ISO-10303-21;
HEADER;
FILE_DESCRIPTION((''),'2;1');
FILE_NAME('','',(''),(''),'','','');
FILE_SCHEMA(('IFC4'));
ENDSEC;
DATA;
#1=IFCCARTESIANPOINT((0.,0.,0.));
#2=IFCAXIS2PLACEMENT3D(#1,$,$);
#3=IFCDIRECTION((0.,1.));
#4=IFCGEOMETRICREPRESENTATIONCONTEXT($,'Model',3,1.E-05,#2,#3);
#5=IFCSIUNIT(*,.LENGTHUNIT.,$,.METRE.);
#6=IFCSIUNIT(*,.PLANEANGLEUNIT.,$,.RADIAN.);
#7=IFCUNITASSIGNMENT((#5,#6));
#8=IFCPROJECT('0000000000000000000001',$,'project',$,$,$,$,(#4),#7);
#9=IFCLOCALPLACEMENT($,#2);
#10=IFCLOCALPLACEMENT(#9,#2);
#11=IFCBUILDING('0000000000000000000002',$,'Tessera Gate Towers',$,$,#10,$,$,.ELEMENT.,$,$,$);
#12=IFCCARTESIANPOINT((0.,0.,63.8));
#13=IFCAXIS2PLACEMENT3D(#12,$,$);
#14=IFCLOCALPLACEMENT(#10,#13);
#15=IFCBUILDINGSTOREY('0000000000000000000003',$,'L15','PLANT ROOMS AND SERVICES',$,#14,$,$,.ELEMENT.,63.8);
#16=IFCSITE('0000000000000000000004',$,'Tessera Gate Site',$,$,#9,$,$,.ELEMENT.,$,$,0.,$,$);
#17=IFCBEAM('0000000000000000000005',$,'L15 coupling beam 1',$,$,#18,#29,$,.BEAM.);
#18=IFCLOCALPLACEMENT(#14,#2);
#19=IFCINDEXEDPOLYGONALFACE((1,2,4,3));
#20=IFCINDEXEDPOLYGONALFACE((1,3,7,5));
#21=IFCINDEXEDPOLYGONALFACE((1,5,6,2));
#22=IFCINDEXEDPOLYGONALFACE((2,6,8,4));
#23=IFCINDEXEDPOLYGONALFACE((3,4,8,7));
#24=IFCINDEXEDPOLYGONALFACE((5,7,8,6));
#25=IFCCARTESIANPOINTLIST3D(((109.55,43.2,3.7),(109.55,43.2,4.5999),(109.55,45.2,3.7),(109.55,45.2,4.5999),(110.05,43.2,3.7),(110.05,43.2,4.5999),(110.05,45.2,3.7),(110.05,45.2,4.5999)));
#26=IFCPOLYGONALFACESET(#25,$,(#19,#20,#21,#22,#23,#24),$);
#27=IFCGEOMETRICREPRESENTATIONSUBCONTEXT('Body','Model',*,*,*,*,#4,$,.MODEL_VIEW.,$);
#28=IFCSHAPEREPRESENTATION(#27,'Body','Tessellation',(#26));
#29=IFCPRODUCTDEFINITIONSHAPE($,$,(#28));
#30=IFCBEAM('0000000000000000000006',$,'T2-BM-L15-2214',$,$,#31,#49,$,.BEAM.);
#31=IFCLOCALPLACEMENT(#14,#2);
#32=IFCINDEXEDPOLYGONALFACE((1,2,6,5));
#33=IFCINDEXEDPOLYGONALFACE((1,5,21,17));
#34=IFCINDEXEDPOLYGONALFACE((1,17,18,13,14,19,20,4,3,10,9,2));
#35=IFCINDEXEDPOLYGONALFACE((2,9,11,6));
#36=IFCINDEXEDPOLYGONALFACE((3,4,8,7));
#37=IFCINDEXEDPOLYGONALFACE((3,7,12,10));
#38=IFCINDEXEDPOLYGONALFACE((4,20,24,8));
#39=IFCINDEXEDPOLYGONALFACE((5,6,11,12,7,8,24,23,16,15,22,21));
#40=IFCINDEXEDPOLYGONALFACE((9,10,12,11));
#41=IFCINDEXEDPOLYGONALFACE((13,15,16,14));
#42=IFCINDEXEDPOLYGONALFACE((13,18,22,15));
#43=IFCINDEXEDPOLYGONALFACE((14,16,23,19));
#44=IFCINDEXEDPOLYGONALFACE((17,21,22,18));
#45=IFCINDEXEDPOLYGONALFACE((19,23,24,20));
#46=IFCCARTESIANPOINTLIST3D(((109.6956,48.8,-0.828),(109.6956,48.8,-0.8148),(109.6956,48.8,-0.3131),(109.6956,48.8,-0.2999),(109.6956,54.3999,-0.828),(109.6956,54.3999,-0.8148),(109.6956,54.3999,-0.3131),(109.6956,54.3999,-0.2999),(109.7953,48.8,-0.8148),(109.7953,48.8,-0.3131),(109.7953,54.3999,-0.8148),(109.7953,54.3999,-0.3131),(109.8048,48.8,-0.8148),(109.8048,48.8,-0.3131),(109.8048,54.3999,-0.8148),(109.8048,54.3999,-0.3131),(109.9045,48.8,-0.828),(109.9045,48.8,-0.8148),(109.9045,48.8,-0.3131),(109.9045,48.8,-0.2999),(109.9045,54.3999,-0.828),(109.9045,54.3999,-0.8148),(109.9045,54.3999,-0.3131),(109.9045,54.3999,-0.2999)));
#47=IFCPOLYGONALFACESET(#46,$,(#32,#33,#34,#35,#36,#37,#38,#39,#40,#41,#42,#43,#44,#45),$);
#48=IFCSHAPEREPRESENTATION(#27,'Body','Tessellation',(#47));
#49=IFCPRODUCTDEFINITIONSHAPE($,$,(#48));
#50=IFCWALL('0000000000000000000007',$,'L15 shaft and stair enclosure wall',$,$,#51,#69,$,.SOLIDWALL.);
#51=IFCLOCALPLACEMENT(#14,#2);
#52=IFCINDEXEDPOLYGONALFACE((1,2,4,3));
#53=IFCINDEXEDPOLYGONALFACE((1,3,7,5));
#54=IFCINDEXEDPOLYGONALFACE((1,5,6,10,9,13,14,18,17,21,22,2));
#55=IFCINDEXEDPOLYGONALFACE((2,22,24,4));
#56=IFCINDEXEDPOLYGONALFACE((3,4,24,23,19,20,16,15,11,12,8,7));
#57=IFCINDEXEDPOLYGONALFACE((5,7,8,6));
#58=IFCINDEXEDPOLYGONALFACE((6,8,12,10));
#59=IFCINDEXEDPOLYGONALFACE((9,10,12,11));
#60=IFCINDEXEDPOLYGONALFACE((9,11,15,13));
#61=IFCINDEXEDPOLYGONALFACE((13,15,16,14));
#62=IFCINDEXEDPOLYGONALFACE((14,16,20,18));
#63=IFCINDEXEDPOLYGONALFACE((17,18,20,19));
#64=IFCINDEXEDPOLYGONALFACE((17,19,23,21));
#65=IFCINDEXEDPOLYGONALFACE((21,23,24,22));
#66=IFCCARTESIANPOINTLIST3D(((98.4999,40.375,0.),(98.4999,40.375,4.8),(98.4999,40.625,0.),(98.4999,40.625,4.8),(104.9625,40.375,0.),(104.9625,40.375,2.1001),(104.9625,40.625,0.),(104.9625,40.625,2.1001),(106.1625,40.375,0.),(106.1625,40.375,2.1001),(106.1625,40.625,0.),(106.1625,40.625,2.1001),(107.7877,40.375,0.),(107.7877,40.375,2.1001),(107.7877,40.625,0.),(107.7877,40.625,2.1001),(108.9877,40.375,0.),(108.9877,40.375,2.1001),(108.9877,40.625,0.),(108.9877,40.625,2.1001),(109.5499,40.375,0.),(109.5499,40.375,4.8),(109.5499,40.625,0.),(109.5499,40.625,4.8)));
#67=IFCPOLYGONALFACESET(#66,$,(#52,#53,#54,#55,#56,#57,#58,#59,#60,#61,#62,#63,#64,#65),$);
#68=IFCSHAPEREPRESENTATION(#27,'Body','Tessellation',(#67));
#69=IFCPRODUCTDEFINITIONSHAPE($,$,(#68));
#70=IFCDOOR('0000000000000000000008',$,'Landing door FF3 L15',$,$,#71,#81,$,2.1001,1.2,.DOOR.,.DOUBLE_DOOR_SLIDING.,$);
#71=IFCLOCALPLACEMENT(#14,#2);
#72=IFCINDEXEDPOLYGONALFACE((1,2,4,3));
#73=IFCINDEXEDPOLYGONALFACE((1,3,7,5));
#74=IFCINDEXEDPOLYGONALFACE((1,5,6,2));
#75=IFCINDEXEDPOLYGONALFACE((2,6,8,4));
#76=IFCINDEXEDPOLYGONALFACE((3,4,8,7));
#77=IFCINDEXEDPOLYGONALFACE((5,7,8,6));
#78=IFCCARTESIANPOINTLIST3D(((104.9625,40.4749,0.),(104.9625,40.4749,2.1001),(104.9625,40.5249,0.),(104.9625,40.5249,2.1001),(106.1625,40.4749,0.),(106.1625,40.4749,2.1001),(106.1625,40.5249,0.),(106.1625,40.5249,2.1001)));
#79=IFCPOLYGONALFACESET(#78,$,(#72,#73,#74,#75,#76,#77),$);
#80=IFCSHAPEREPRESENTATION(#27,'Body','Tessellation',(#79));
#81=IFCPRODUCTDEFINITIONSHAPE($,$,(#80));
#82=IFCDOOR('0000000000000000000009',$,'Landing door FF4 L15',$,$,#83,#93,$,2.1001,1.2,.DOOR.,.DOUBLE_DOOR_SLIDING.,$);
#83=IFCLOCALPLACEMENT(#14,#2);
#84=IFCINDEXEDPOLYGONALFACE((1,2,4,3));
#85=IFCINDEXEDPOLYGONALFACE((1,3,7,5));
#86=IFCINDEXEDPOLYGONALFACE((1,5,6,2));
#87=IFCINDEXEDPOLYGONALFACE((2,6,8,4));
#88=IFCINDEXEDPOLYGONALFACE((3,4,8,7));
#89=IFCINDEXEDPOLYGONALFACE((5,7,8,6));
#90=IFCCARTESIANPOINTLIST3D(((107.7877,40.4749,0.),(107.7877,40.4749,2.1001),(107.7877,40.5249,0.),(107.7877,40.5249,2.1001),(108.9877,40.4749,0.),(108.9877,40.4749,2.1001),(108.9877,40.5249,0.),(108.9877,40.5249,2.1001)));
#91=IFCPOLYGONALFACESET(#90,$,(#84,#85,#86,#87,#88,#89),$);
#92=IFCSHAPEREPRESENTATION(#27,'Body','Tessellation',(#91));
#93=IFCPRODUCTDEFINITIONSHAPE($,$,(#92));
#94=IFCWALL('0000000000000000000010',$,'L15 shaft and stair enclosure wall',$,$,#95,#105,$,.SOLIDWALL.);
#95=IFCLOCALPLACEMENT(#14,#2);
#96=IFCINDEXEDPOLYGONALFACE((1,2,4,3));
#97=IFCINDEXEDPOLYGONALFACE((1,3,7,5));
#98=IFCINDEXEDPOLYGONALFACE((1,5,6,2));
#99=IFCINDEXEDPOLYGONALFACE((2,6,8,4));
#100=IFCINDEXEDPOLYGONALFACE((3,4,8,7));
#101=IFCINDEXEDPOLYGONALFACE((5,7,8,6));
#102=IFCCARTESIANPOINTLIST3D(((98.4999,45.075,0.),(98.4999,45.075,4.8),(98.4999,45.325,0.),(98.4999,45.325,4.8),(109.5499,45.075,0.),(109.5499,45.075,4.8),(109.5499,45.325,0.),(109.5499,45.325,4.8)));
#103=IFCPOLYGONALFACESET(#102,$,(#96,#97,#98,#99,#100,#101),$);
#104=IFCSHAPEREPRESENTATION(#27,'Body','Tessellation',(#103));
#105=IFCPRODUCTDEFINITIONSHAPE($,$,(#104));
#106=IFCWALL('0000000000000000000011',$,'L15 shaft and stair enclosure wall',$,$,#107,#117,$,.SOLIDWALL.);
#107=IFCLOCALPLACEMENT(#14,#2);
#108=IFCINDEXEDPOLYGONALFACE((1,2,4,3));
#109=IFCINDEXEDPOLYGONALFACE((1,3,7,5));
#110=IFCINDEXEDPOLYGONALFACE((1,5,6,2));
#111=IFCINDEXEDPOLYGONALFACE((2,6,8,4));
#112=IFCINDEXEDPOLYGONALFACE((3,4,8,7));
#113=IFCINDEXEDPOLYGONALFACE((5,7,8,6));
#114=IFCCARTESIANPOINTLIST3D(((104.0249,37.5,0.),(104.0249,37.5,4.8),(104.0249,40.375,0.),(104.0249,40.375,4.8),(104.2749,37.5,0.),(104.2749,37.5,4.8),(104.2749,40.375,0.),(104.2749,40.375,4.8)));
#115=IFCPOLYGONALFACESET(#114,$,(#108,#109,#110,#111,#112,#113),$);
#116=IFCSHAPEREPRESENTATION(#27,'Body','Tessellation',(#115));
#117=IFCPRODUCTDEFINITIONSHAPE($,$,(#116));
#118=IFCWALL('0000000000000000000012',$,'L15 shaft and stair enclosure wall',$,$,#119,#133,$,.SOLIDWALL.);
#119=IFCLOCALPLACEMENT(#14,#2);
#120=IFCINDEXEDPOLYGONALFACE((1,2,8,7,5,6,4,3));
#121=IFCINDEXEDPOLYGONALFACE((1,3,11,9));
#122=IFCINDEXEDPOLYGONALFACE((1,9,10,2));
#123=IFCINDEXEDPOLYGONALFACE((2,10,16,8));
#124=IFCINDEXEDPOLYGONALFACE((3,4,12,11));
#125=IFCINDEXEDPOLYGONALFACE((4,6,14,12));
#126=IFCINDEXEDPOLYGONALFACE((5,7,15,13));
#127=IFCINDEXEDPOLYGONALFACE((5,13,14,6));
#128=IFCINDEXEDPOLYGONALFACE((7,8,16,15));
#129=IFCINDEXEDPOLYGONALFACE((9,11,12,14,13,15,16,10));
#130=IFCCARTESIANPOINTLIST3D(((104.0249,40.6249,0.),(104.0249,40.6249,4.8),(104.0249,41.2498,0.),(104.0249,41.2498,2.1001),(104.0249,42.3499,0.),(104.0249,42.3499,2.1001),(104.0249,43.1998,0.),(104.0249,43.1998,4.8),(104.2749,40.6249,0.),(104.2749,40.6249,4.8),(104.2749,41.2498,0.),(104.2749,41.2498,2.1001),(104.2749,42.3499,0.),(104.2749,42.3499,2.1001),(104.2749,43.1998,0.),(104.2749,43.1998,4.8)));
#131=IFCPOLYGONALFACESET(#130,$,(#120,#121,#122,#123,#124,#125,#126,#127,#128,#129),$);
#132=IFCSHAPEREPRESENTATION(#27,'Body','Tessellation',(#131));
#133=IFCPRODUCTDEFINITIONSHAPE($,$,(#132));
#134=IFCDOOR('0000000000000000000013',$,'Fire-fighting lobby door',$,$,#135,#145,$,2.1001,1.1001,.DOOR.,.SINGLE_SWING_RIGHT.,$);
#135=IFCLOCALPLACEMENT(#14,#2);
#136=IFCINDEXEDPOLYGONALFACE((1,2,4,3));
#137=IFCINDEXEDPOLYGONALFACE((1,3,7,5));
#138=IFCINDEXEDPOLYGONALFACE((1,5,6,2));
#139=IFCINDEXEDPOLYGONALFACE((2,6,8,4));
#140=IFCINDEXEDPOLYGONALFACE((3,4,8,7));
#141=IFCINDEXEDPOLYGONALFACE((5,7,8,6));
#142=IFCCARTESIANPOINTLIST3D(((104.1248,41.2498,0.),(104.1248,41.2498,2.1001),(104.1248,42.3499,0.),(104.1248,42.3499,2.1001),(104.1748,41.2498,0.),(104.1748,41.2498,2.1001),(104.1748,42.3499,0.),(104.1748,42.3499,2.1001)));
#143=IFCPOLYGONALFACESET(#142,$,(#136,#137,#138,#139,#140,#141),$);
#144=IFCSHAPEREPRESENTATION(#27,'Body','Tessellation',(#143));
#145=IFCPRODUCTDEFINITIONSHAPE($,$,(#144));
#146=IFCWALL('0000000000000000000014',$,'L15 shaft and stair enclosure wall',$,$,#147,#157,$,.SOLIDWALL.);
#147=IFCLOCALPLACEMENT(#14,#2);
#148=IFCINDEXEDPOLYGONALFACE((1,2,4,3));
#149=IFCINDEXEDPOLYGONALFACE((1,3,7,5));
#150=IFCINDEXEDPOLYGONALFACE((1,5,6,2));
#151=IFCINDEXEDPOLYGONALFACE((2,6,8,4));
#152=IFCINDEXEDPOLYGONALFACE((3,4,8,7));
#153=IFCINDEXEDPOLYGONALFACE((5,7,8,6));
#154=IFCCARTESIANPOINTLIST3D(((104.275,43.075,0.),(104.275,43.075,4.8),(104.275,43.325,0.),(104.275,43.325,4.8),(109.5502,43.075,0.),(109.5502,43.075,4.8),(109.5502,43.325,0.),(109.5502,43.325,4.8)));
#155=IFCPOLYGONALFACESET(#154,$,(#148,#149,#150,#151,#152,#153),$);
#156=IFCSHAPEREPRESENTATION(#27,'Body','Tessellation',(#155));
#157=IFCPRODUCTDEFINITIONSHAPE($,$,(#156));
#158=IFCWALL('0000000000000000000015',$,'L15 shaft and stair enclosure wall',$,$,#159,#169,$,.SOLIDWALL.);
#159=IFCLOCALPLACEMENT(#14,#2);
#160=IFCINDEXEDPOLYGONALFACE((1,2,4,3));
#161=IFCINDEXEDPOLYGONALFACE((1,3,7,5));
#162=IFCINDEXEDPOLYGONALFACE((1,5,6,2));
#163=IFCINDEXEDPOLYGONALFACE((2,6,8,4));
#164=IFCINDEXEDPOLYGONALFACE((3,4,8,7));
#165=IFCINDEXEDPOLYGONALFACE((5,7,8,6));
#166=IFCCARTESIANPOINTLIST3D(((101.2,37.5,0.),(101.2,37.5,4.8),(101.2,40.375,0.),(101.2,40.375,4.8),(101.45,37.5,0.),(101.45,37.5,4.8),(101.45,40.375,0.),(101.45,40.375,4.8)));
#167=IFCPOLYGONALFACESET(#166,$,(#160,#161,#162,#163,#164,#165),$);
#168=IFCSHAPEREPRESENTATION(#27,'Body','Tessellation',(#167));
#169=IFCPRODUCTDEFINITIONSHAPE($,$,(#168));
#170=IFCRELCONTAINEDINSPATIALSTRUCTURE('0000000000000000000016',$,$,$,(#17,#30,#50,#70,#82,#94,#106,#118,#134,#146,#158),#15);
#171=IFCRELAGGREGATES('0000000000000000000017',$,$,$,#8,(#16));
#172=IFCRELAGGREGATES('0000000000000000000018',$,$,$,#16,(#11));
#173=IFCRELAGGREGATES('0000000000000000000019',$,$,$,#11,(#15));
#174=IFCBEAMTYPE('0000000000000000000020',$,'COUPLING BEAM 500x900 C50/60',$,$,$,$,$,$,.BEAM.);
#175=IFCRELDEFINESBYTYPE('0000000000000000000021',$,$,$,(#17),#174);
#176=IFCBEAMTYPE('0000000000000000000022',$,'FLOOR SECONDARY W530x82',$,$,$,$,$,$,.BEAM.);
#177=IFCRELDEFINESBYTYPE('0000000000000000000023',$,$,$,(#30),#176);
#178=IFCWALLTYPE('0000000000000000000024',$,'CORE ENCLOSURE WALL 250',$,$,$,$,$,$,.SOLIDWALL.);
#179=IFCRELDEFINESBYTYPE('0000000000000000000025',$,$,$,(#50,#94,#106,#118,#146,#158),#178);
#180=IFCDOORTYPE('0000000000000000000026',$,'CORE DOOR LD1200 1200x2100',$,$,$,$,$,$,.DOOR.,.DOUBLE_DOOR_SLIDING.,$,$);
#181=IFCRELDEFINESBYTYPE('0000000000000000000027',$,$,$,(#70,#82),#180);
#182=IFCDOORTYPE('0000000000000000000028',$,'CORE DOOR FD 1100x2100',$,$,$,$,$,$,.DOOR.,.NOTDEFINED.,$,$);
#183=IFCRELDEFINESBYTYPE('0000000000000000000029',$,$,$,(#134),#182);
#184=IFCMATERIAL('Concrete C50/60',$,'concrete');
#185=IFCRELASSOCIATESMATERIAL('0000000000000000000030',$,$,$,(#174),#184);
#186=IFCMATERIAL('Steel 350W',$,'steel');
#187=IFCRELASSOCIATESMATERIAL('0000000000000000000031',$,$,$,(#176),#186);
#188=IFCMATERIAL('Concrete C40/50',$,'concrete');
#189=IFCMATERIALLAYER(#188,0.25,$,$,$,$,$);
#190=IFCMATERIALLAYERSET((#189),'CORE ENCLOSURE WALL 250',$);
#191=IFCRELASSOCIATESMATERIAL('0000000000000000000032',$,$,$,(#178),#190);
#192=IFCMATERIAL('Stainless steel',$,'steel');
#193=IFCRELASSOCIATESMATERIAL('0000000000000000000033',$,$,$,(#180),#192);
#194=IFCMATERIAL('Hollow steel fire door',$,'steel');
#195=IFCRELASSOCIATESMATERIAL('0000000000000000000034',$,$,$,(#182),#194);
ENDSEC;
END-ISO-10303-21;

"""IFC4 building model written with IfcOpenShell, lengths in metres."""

from ifc_helpers import new_model, si_unit, direction, frame, frame_2d, origin, origin_2d, place, context, subcontext, project, spatial, rectangle, i_section, extrude, source, transform, mapped, material, layer, layer_set, material_profile, profile_set, type_object, element, fill, save


model = new_model("IFC4")

# Units and contexts
model_context = context("Model", 3, precision=1e-05, world=origin(), true_north=direction((0.0, 1.0)))
body_context = subcontext(model_context, "Body", "Model", "MODEL_VIEW")
ifc_project = project(units=[si_unit("LENGTHUNIT", "METRE"), si_unit("PLANEANGLEUNIT", "RADIAN")], contexts=[model_context])

# Site, building, storey
site_placement = place(None, origin())
site = spatial("IfcSite", under=ifc_project, at=site_placement, Name="Tessera Gate Site", CompositionType="ELEMENT", RefElevation=0.0)
building_placement = place(site_placement, origin())
building = spatial("IfcBuilding", under=site, at=building_placement, Name="Tessera Gate Towers", CompositionType="ELEMENT")
storey_placement = place(building_placement, frame((0.0, 0.0, 63.8)))
storey = spatial("IfcBuildingStorey", under=building, at=storey_placement, Name="L15", Description="PLANT ROOMS AND SERVICES", CompositionType="ELEMENT", Elevation=63.8)

# Beams
ifc_material_1 = material(Name="Concrete C50/60", Category="concrete")
ifc_material_profile_1 = material_profile(ifc_material_1, rectangle(XDim=0.5, YDim=0.8999, at=origin_2d()), Name="RC 500x900")
ifc_profile_set_1 = profile_set([ifc_material_profile_1], Name="Concrete C50/60")
beam_type_1 = type_object("IfcBeamType", Name="COUPLING BEAM 500x900 C50/60", PredefinedType="BEAM", material=ifc_profile_set_1)
beam_1_placement = place(storey_placement, frame((109.8, 43.2, 4.1499), z_axis=(0.0, 1.0, 0.0), x_axis=(-1.0, 0.0, 0.0)))
element("IfcBeam", 1, at=beam_1_placement, inside=storey, type_object=beam_type_1, Name="L15 coupling beam 1", PredefinedType="BEAM", context=body_context, shape_type="SweptSolid", body=[
    extrude(rectangle(XDim=0.5, YDim=0.8999, at=origin_2d()), origin(), (0.0, 0.0, 1.0), 2.0),
])
ifc_material_2 = material(Name="Steel 350W", Category="steel")
ifc_material_profile_2 = material_profile(ifc_material_2, i_section(OverallWidth=0.209, OverallDepth=0.5281, WebThickness=0.0095, FlangeThickness=0.0132, at=origin_2d()), Name="W530x82")
ifc_profile_set_2 = profile_set([ifc_material_profile_2], Name="Steel 350W")
beam_type_2 = type_object("IfcBeamType", Name="FLOOR SECONDARY W530x82", PredefinedType="BEAM", material=ifc_profile_set_2)
beam_2_placement = place(storey_placement, frame((109.8, 48.8, -0.564), z_axis=(0.0, 1.0, 0.0), x_axis=(-1.0, 0.0, 0.0)))
element("IfcBeam", 2, at=beam_2_placement, inside=storey, type_object=beam_type_2, Name="T2-BM-L15-2214", PredefinedType="BEAM", context=body_context, shape_type="SweptSolid", body=[
    extrude(i_section(OverallWidth=0.209, OverallDepth=0.5281, WebThickness=0.0095, FlangeThickness=0.0132, at=origin_2d()), origin(), (0.0, 0.0, 1.0), 5.5999),
])

# Wall, openings, doors
ifc_material_3 = material(Name="Concrete C40/50", Category="concrete")
ifc_layer_1 = layer(ifc_material_3, 0.25)
ifc_layer_set_1 = layer_set([ifc_layer_1], Name="CORE ENCLOSURE WALL 250")
wall_type_1 = type_object("IfcWallType", Name="CORE ENCLOSURE WALL 250", PredefinedType="SOLIDWALL", material=ifc_layer_set_1)
wall_1_placement = place(storey_placement, frame((98.5, 40.5, 0.0), z_axis=(0.0, 0.0, 1.0), x_axis=(1.0, 0.0, 0.0)))
wall_1 = element("IfcWall", 3, at=wall_1_placement, inside=storey, type_object=wall_type_1, Name="L15 shaft and stair enclosure wall", PredefinedType="SOLIDWALL", context=body_context, shape_type="SweptSolid", body=[
    extrude(rectangle(XDim=11.05, YDim=0.25, at=frame_2d((5.5249, 0.0))), origin(), (0.0, 0.0, 1.0), 4.8),
])
shared_shape_1 = source(origin(), body_context, "Body", "SweptSolid", [
    extrude(rectangle(XDim=1.2, YDim=2.1001, at=frame_2d((0.6001, 1.05))), frame((0.0, 0.135, 0.0), z_axis=(0.0, -1.0, 0.0), x_axis=(1.0, 0.0, 0.0)), (0.0, 0.0, 1.0), 0.27),
])
opening_1_placement = place(wall_1_placement, frame((6.4624, 0.0, 0.0)))
opening_1 = element("IfcOpeningElement", 4, at=opening_1_placement, cuts=wall_1, PredefinedType="OPENING", context=body_context, shape_type="MappedRepresentation", body=[
    mapped(shared_shape_1, transform((0.0, 0.0, 0.0), scale=1.0)),
])
opening_2_placement = place(wall_1_placement, frame((9.2876, 0.0, 0.0)))
opening_2 = element("IfcOpeningElement", 5, at=opening_2_placement, cuts=wall_1, PredefinedType="OPENING", context=body_context, shape_type="MappedRepresentation", body=[
    mapped(shared_shape_1, transform((0.0, 0.0, 0.0), scale=1.0)),
])
ifc_material_4 = material(Name="Stainless steel", Category="steel")
door_type_1 = type_object("IfcDoorType", Name="CORE DOOR LD1200 1200x2100", OperationType="DOUBLE_DOOR_SLIDING", PredefinedType="DOOR", material=ifc_material_4)
shared_shape_2 = source(origin(), body_context, "Body", "SweptSolid", [
    extrude(rectangle(XDim=1.2, YDim=2.1001, at=frame_2d((0.6001, 1.05))), frame((0.0, 0.0249, 0.0), z_axis=(0.0, -1.0, 0.0), x_axis=(1.0, 0.0, 0.0)), (0.0, 0.0, 1.0), 0.05),
])
door_1_placement = place(opening_1_placement, origin())
door_1 = element("IfcDoor", 6, at=door_1_placement, inside=storey, type_object=door_type_1, Name="Landing door FF3 L15", OperationType="DOUBLE_DOOR_SLIDING", OverallHeight=2.1001, OverallWidth=1.2, PredefinedType="DOOR", context=body_context, shape_type="MappedRepresentation", body=[
    mapped(shared_shape_2, transform((0.0, 0.0, 0.0), scale=1.0)),
])
fill(opening_1, door_1)
door_2_placement = place(opening_2_placement, origin())
door_2 = element("IfcDoor", 7, at=door_2_placement, inside=storey, type_object=door_type_1, Name="Landing door FF4 L15", OperationType="DOUBLE_DOOR_SLIDING", OverallHeight=2.1001, OverallWidth=1.2, PredefinedType="DOOR", context=body_context, shape_type="MappedRepresentation", body=[
    mapped(shared_shape_2, transform((0.0, 0.0, 0.0), scale=1.0)),
])
fill(opening_2, door_2)

# Walls
wall_2_placement = place(storey_placement, frame((98.5, 45.2, 0.0), z_axis=(0.0, 0.0, 1.0), x_axis=(1.0, 0.0, 0.0)))
element("IfcWall", 8, at=wall_2_placement, inside=storey, type_object=wall_type_1, Name="L15 shaft and stair enclosure wall", PredefinedType="SOLIDWALL", context=body_context, shape_type="SweptSolid", body=[
    extrude(rectangle(XDim=11.05, YDim=0.25, at=frame_2d((5.5249, 0.0))), origin(), (0.0, 0.0, 1.0), 4.8),
])
wall_3_placement = place(storey_placement, frame((104.1499, 37.5, 0.0), z_axis=(0.0, 0.0, 1.0), x_axis=(0.0, 1.0, 0.0)))
element("IfcWall", 9, at=wall_3_placement, inside=storey, type_object=wall_type_1, Name="L15 shaft and stair enclosure wall", PredefinedType="SOLIDWALL", context=body_context, shape_type="SweptSolid", body=[
    extrude(rectangle(XDim=2.875, YDim=0.25, at=frame_2d((1.4375, 0.0))), origin(), (0.0, 0.0, 1.0), 4.8),
])

# Wall, opening, door
wall_4_placement = place(storey_placement, frame((104.1499, 43.2, 0.0), z_axis=(0.0, 0.0, 1.0), x_axis=(0.0, -1.0, 0.0)))
wall_4 = element("IfcWall", 10, at=wall_4_placement, inside=storey, type_object=wall_type_1, Name="L15 shaft and stair enclosure wall", PredefinedType="SOLIDWALL", context=body_context, shape_type="SweptSolid", body=[
    extrude(rectangle(XDim=2.575, YDim=0.25, at=frame_2d((1.2876, 0.0))), origin(), (0.0, 0.0, 1.0), 4.8),
])
shared_shape_3 = source(origin(), body_context, "Body", "SweptSolid", [
    extrude(rectangle(XDim=1.1001, YDim=2.1001, at=frame_2d((0.55, 1.05))), frame((0.0, 0.135, 0.0), z_axis=(0.0, -1.0, 0.0), x_axis=(1.0, 0.0, 0.0)), (0.0, 0.0, 1.0), 0.27),
])
opening_3_placement = place(wall_4_placement, frame((0.8501, 0.0, 0.0)))
opening_3 = element("IfcOpeningElement", 11, at=opening_3_placement, cuts=wall_4, PredefinedType="OPENING", context=body_context, shape_type="MappedRepresentation", body=[
    mapped(shared_shape_3, transform((0.0, 0.0, 0.0), scale=1.0)),
])
ifc_material_5 = material(Name="Hollow steel fire door", Category="steel")
door_type_2 = type_object("IfcDoorType", Name="CORE DOOR FD 1100x2100", OperationType="NOTDEFINED", PredefinedType="DOOR", material=ifc_material_5)
shared_shape_4 = source(origin(), body_context, "Body", "SweptSolid", [
    extrude(rectangle(XDim=1.1001, YDim=2.1001, at=frame_2d((0.55, 1.05))), frame((0.0, 0.0249, 0.0), z_axis=(0.0, -1.0, 0.0), x_axis=(1.0, 0.0, 0.0)), (0.0, 0.0, 1.0), 0.05),
])
door_3_placement = place(opening_3_placement, origin())
door_3 = element("IfcDoor", 12, at=door_3_placement, inside=storey, type_object=door_type_2, Name="Fire-fighting lobby door", OperationType="SINGLE_SWING_RIGHT", OverallHeight=2.1001, OverallWidth=1.1001, PredefinedType="DOOR", context=body_context, shape_type="MappedRepresentation", body=[
    mapped(shared_shape_4, transform((0.0, 0.0, 0.0), scale=1.0)),
])
fill(opening_3, door_3)

# Walls
wall_5_placement = place(storey_placement, frame((104.2749, 43.2, 0.0), z_axis=(0.0, 0.0, 1.0), x_axis=(1.0, 0.0, 0.0)))
element("IfcWall", 13, at=wall_5_placement, inside=storey, type_object=wall_type_1, Name="L15 shaft and stair enclosure wall", PredefinedType="SOLIDWALL", context=body_context, shape_type="SweptSolid", body=[
    extrude(rectangle(XDim=5.2751, YDim=0.25, at=frame_2d((2.6377, 0.0))), origin(), (0.0, 0.0, 1.0), 4.8),
])
for number, where, z_axis, x_axis, name in (
    (14, (101.325, 37.5, 0.0), (0.0, 0.0, 1.0), (0.0, 1.0, 0.0), "L15 shaft and stair enclosure wall"),
):
    element("IfcWall", number, at=place(storey_placement, frame(where, z_axis=z_axis, x_axis=x_axis)), inside=storey, type_object=wall_type_1, Name=name, PredefinedType="SOLIDWALL", context=body_context, shape_type="SweptSolid", body=[
        extrude(rectangle(XDim=2.875, YDim=0.25, at=frame_2d((1.4375, 0.0))), origin(), (0.0, 0.0, 1.0), 4.8),
    ])

save(model, "model.ifc")
